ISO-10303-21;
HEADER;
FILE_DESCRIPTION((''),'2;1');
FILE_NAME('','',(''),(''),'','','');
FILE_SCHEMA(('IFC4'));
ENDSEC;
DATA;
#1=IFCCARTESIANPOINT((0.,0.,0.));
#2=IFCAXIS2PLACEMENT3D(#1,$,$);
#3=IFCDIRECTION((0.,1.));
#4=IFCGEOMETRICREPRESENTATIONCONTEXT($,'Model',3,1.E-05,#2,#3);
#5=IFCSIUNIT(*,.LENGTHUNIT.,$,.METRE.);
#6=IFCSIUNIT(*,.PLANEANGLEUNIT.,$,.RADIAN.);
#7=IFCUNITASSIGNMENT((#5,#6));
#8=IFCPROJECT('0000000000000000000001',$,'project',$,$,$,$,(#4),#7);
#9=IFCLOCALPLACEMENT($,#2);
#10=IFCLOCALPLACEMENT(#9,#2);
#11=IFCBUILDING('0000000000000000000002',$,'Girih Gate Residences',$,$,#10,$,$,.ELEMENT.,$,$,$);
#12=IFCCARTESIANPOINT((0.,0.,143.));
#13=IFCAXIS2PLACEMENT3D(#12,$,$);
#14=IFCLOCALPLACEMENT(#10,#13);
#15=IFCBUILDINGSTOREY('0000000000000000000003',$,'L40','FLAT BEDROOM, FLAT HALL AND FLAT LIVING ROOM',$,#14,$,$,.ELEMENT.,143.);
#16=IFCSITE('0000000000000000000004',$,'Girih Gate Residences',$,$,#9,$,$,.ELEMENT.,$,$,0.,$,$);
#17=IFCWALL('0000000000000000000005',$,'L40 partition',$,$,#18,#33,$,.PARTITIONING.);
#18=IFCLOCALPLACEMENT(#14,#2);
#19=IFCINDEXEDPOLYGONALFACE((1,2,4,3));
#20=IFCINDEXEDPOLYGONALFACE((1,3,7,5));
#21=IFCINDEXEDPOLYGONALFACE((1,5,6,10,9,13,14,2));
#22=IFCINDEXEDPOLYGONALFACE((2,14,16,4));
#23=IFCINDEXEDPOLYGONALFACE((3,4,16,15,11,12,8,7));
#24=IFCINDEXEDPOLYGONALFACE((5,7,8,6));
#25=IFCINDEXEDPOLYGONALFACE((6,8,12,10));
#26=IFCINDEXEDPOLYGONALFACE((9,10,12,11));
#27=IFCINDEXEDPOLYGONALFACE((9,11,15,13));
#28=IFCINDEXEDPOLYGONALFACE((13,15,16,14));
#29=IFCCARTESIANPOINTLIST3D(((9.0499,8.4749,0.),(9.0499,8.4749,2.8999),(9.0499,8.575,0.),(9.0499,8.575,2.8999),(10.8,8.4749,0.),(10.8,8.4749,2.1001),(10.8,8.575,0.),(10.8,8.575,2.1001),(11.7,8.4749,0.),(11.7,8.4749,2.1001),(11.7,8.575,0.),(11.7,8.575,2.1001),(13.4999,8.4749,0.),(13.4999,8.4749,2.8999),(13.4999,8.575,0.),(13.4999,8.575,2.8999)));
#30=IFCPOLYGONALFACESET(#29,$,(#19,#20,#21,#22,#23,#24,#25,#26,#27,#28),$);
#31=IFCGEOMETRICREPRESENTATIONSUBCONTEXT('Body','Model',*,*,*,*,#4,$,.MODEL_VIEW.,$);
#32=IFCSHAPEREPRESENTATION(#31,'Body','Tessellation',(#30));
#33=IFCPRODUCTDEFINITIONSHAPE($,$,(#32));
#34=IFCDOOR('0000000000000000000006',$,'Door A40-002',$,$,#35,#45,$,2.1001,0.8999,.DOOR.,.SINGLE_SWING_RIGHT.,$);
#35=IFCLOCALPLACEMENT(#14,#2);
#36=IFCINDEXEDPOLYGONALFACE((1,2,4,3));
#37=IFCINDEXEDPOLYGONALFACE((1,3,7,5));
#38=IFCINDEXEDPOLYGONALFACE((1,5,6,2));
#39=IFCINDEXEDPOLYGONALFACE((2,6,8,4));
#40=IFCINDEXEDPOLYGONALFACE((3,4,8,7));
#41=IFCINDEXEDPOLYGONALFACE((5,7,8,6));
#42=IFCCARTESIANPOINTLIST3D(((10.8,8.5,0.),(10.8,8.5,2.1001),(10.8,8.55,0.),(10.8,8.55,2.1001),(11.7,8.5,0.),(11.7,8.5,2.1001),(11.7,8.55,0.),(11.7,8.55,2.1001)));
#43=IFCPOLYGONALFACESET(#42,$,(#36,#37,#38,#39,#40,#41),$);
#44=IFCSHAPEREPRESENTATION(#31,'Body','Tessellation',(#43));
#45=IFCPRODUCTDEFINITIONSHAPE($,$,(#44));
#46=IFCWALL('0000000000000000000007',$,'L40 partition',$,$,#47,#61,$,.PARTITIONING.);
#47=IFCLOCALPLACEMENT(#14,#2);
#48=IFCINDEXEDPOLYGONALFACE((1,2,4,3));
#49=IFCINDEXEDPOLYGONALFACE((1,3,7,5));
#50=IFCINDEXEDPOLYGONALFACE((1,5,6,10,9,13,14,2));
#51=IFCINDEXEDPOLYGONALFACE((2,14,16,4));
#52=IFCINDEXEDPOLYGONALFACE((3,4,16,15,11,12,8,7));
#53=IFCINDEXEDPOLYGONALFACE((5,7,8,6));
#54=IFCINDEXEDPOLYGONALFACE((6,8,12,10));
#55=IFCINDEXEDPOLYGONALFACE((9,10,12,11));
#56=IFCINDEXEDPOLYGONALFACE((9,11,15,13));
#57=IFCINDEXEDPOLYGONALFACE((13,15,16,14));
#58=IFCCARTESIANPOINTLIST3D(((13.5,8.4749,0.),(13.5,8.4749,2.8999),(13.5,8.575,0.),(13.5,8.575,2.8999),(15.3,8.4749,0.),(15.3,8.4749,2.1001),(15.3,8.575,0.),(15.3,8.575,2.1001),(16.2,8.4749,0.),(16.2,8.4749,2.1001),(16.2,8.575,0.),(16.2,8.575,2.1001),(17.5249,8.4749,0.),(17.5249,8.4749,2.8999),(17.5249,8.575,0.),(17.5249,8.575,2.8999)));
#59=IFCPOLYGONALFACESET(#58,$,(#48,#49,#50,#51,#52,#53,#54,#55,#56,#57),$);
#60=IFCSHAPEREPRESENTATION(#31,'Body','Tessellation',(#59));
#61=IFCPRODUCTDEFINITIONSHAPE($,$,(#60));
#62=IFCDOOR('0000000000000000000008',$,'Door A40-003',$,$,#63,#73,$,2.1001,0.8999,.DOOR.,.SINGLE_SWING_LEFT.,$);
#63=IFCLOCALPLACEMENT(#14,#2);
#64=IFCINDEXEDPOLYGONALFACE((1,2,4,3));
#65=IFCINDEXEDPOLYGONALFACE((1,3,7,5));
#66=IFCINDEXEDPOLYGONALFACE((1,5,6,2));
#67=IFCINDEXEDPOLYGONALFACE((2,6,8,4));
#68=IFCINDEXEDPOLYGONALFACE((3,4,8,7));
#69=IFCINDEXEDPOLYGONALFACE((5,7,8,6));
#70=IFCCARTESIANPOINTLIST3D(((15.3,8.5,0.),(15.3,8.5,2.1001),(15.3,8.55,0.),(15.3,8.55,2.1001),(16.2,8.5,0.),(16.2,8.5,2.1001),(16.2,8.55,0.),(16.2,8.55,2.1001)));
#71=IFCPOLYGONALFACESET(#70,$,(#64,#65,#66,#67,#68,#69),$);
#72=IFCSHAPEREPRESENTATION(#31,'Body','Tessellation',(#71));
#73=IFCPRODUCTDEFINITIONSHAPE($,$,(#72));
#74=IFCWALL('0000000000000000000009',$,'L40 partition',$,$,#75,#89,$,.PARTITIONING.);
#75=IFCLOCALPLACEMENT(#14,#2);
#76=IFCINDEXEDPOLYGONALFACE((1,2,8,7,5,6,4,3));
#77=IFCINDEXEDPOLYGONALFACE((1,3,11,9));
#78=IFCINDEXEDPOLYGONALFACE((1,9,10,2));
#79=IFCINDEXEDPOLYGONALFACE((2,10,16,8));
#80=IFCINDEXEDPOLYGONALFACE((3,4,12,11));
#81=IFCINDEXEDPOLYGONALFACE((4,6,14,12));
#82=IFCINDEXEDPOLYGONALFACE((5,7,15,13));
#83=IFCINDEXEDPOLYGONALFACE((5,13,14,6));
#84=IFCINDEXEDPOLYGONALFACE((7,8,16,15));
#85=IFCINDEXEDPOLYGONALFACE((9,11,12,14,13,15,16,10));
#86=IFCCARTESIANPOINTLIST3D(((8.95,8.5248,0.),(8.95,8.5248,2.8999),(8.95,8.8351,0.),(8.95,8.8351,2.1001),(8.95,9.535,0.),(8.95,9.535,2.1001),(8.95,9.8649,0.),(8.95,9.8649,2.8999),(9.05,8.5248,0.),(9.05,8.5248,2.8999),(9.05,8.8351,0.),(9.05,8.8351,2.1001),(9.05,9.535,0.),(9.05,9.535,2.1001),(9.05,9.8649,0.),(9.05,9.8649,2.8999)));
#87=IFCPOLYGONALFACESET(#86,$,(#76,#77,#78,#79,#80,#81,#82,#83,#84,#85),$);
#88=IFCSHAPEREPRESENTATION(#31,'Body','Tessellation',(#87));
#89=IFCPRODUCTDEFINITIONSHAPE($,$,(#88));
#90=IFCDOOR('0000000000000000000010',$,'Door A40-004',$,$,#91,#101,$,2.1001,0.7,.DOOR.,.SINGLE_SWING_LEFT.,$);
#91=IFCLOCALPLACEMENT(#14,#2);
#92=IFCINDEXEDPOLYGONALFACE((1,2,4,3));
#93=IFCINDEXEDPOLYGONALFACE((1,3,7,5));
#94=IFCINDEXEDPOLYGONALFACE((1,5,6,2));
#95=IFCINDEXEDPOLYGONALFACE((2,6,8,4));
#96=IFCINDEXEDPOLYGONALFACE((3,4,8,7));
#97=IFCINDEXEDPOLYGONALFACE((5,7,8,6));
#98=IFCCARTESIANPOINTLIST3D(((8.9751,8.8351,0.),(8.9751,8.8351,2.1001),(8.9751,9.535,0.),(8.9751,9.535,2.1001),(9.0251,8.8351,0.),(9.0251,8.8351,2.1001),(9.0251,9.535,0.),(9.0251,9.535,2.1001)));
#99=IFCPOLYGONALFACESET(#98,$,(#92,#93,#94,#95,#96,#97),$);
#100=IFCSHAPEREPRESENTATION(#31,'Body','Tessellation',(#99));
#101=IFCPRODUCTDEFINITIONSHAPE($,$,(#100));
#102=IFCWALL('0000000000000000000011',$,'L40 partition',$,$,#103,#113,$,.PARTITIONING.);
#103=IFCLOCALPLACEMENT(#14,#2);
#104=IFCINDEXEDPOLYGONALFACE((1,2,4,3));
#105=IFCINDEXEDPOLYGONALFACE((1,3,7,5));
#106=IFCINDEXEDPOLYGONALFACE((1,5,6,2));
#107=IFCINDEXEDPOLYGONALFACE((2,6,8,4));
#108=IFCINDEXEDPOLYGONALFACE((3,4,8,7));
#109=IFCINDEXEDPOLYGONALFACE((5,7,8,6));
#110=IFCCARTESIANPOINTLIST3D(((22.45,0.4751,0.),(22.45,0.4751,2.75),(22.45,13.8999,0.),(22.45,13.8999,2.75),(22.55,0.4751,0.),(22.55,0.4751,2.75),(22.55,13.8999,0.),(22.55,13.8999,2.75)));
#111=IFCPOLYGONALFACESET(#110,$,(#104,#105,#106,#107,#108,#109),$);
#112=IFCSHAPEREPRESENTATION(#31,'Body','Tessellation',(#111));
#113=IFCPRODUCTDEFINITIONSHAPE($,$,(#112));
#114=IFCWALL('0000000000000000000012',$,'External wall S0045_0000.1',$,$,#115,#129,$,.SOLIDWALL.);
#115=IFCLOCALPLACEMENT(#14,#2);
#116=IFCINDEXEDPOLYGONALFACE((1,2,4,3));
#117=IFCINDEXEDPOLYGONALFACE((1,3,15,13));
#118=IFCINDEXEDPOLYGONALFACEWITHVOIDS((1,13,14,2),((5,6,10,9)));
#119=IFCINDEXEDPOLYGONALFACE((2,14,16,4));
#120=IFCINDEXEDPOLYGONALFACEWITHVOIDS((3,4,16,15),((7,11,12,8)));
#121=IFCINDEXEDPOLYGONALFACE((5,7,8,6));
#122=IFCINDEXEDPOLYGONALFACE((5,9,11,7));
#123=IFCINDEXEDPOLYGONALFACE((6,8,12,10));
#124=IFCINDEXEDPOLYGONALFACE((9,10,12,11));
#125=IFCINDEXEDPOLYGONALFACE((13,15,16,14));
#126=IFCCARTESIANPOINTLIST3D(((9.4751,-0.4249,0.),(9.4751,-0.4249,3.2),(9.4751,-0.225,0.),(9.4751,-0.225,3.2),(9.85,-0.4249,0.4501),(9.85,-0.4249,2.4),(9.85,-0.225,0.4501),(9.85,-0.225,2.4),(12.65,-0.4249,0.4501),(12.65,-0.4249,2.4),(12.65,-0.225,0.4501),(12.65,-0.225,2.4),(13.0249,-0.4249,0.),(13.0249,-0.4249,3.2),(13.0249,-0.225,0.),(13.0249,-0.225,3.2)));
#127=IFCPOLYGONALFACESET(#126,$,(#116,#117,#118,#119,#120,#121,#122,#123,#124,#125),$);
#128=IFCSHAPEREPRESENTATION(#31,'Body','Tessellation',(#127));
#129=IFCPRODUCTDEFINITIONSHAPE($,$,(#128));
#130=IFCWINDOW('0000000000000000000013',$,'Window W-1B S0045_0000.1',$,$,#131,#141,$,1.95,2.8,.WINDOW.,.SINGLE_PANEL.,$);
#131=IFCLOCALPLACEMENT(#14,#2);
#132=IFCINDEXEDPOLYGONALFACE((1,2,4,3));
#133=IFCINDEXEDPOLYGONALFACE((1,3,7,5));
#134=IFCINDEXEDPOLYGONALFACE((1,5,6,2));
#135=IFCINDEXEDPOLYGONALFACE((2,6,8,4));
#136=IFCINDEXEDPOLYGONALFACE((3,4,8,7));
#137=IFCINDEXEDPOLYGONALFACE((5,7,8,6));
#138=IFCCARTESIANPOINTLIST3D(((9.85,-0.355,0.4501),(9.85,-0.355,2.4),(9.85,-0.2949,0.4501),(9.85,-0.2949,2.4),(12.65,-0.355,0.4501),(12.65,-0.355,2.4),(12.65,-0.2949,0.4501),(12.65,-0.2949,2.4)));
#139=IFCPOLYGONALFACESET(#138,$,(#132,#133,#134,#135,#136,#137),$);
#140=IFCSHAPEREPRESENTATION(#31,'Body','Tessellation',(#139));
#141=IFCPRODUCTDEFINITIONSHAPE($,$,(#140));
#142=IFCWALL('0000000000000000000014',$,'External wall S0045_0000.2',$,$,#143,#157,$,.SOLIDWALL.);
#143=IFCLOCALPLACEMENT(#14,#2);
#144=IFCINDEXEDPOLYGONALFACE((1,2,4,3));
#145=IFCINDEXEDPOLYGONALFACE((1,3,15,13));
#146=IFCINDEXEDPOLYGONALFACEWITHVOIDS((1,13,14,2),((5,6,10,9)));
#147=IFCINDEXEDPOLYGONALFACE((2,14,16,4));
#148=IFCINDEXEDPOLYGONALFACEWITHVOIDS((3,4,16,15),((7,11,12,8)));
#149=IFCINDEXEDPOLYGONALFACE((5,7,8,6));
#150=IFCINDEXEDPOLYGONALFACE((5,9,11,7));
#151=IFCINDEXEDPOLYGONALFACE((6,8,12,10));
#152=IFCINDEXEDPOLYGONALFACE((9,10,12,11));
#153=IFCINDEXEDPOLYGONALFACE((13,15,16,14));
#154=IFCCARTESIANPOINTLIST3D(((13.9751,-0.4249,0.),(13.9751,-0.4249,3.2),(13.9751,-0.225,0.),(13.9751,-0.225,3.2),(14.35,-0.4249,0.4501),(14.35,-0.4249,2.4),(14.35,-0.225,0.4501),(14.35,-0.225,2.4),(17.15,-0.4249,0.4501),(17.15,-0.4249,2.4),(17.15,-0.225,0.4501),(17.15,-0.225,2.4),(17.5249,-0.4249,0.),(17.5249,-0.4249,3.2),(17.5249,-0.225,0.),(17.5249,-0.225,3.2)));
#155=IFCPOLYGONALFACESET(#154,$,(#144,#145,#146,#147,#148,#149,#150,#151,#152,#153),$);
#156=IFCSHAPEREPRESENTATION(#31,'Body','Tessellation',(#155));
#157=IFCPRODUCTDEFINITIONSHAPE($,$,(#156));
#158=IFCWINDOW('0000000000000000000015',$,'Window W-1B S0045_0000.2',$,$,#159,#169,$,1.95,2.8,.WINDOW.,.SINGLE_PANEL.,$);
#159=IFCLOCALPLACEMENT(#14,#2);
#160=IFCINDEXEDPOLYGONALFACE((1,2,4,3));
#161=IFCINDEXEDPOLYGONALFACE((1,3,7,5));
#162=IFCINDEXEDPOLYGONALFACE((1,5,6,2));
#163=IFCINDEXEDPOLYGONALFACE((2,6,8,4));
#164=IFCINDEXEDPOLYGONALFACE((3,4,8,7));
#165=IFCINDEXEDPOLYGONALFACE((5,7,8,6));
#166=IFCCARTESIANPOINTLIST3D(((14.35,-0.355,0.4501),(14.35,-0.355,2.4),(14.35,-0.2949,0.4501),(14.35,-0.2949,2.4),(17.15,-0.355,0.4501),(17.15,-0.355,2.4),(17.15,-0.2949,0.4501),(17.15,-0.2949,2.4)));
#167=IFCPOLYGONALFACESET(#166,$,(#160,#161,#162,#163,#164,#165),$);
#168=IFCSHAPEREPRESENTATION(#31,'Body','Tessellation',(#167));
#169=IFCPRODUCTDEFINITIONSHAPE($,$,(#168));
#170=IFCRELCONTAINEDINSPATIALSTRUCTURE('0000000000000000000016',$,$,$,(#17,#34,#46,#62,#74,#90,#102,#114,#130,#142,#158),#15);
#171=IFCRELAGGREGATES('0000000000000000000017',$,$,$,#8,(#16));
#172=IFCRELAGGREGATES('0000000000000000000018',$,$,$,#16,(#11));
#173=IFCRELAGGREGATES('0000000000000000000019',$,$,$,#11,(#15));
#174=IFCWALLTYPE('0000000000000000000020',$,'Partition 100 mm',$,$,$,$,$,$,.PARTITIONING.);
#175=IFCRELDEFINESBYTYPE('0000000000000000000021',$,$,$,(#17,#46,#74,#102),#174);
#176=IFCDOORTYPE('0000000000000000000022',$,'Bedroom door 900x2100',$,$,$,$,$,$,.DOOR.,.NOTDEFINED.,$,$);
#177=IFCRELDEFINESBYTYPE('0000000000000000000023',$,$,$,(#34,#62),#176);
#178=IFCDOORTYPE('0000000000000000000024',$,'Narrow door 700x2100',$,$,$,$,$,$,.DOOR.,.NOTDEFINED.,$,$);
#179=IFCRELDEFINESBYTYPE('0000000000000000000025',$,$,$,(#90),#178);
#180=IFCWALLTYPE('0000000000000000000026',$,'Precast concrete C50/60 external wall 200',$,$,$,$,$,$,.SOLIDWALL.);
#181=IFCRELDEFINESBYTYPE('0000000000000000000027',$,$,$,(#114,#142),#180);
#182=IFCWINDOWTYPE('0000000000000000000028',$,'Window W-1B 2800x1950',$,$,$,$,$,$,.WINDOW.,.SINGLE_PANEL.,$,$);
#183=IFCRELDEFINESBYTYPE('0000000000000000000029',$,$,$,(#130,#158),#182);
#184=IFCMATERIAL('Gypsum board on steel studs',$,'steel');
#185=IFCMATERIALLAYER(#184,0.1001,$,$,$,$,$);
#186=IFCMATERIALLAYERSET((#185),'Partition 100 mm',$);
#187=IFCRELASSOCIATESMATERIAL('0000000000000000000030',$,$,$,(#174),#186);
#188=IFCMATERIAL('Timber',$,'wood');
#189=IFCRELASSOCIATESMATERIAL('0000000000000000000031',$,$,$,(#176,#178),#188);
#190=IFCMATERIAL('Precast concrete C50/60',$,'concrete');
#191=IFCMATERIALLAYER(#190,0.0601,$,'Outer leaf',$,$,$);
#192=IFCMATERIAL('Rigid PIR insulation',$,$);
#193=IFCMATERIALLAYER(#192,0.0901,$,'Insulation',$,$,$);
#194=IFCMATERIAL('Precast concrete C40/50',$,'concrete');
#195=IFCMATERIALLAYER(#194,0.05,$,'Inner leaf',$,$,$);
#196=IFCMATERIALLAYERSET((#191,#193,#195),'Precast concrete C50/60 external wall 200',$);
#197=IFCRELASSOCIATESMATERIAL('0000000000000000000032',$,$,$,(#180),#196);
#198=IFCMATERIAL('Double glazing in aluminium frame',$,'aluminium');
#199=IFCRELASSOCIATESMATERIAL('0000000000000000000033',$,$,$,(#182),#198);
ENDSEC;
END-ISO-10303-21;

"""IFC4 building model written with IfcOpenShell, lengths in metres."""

from ifc_helpers import new_model, si_unit, direction, frame, frame_2d, origin, place, context, subcontext, project, spatial, rectangle, extrude, material, layer, layer_set, type_object, element, fill, save


model = new_model("IFC4")

# Units and contexts
model_context = context("Model", 3, precision=1e-05, world=origin(), true_north=direction((0.0, 1.0)))
body_context = subcontext(model_context, "Body", "Model", "MODEL_VIEW")
ifc_project = project(units=[si_unit("LENGTHUNIT", "METRE"), si_unit("PLANEANGLEUNIT", "RADIAN")], contexts=[model_context])

# Site, building, storey
site_placement = place(None, origin())
site = spatial("IfcSite", under=ifc_project, at=site_placement, Name="Girih Gate Residences", CompositionType="ELEMENT", RefElevation=0.0)
building_placement = place(site_placement, origin())
building = spatial("IfcBuilding", under=site, at=building_placement, Name="Girih Gate Residences", CompositionType="ELEMENT")
storey_placement = place(building_placement, frame((0.0, 0.0, 143.0)))
storey = spatial("IfcBuildingStorey", under=building, at=storey_placement, Name="L40", Description="FLAT BEDROOM, FLAT HALL AND FLAT LIVING ROOM", CompositionType="ELEMENT", Elevation=143.0)

# Shared definitions
ifc_material_1 = material(Name="Gypsum board on steel studs", Category="steel")
ifc_layer_1 = layer(ifc_material_1, 0.1001)
ifc_layer_set_1 = layer_set([ifc_layer_1], Name="Partition 100 mm")
wall_type_1 = type_object("IfcWallType", Name="Partition 100 mm", PredefinedType="PARTITIONING", material=ifc_layer_set_1)

# Walls, openings, doors
wall_1_placement = place(storey_placement, frame((13.5, 8.5249, 0.0), z_axis=(0.0, 0.0, 1.0), x_axis=(-1.0, 0.0, 0.0)))
wall_1 = element("IfcWall", 1, at=wall_1_placement, inside=storey, type_object=wall_type_1, Name="L40 partition", PredefinedType="PARTITIONING", context=body_context, shape_type="SweptSolid", body=[
    extrude(rectangle(XDim=4.45, YDim=0.1001, at=frame_2d((2.2251, 0.0))), origin(), (0.0, 0.0, 1.0), 2.8999),
])
opening_1_placement = place(wall_1_placement, frame((1.8, 0.0, 0.0)))
opening_1 = element("IfcOpeningElement", 2, at=opening_1_placement, cuts=wall_1, PredefinedType="OPENING", context=body_context, shape_type="SweptSolid", body=[
    extrude(rectangle(XDim=0.8999, YDim=2.1001, at=frame_2d((0.45, 1.05))), frame((0.0, 0.0601, 0.0), z_axis=(0.0, -1.0, 0.0), x_axis=(1.0, 0.0, 0.0)), (0.0, 0.0, 1.0), 0.1201),
])
ifc_material_2 = material(Name="Timber", Category="wood")
door_type_1 = type_object("IfcDoorType", Name="Bedroom door 900x2100", OperationType="NOTDEFINED", PredefinedType="DOOR", material=ifc_material_2)
door_1_placement = place(opening_1_placement, origin())
door_1 = element("IfcDoor", 3, at=door_1_placement, inside=storey, type_object=door_type_1, Name="Door A40-002", OperationType="SINGLE_SWING_RIGHT", OverallHeight=2.1001, OverallWidth=0.8999, PredefinedType="DOOR", context=body_context, shape_type="SweptSolid", body=[
    extrude(rectangle(XDim=0.8999, YDim=2.1001, at=frame_2d((0.45, 1.05))), frame((0.0, 0.0249, 0.0), z_axis=(0.0, -1.0, 0.0), x_axis=(1.0, 0.0, 0.0)), (0.0, 0.0, 1.0), 0.05),
])
fill(opening_1, door_1)
wall_2_placement = place(storey_placement, frame((17.5249, 8.5249, 0.0), z_axis=(0.0, 0.0, 1.0), x_axis=(-1.0, 0.0, 0.0)))
wall_2 = element("IfcWall", 4, at=wall_2_placement, inside=storey, type_object=wall_type_1, Name="L40 partition", PredefinedType="PARTITIONING", context=body_context, shape_type="SweptSolid", body=[
    extrude(rectangle(XDim=4.0249, YDim=0.1001, at=frame_2d((2.0125, 0.0))), origin(), (0.0, 0.0, 1.0), 2.8999),
])
opening_2_placement = place(wall_2_placement, frame((1.325, 0.0, 0.0)))
opening_2 = element("IfcOpeningElement", 5, at=opening_2_placement, cuts=wall_2, PredefinedType="OPENING", context=body_context, shape_type="SweptSolid", body=[
    extrude(rectangle(XDim=0.8999, YDim=2.1001, at=frame_2d((0.45, 1.05))), frame((0.0, 0.0601, 0.0), z_axis=(0.0, -1.0, 0.0), x_axis=(1.0, 0.0, 0.0)), (0.0, 0.0, 1.0), 0.1201),
])
door_2_placement = place(opening_2_placement, origin())
door_2 = element("IfcDoor", 6, at=door_2_placement, inside=storey, type_object=door_type_1, Name="Door A40-003", OperationType="SINGLE_SWING_LEFT", OverallHeight=2.1001, OverallWidth=0.8999, PredefinedType="DOOR", context=body_context, shape_type="SweptSolid", body=[
    extrude(rectangle(XDim=0.8999, YDim=2.1001, at=frame_2d((0.45, 1.05))), frame((0.0, 0.0249, 0.0), z_axis=(0.0, -1.0, 0.0), x_axis=(1.0, 0.0, 0.0)), (0.0, 0.0, 1.0), 0.05),
])
fill(opening_2, door_2)
wall_3_placement = place(storey_placement, frame((9.0, 8.5249, 0.0), z_axis=(0.0, 0.0, 1.0), x_axis=(0.0, 1.0, 0.0)))
wall_3 = element("IfcWall", 7, at=wall_3_placement, inside=storey, type_object=wall_type_1, Name="L40 partition", PredefinedType="PARTITIONING", context=body_context, shape_type="SweptSolid", body=[
    extrude(rectangle(XDim=1.3401, YDim=0.1001, at=frame_2d((0.6699, 0.0))), origin(), (0.0, 0.0, 1.0), 2.8999),
])
opening_3_placement = place(wall_3_placement, frame((0.3101, 0.0, 0.0)))
opening_3 = element("IfcOpeningElement", 8, at=opening_3_placement, cuts=wall_3, PredefinedType="OPENING", context=body_context, shape_type="SweptSolid", body=[
    extrude(rectangle(XDim=0.7, YDim=2.1001, at=frame_2d((0.3501, 1.05))), frame((0.0, 0.0601, 0.0), z_axis=(0.0, -1.0, 0.0), x_axis=(1.0, 0.0, 0.0)), (0.0, 0.0, 1.0), 0.1201),
])
door_type_2 = type_object("IfcDoorType", Name="Narrow door 700x2100", OperationType="NOTDEFINED", PredefinedType="DOOR", material=ifc_material_2)
door_3_placement = place(opening_3_placement, origin())
door_3 = element("IfcDoor", 9, at=door_3_placement, inside=storey, type_object=door_type_2, Name="Door A40-004", OperationType="SINGLE_SWING_LEFT", OverallHeight=2.1001, OverallWidth=0.7, PredefinedType="DOOR", context=body_context, shape_type="SweptSolid", body=[
    extrude(rectangle(XDim=0.7, YDim=2.1001, at=frame_2d((0.3501, 1.05))), frame((0.0, 0.0249, 0.0), z_axis=(0.0, -1.0, 0.0), x_axis=(1.0, 0.0, 0.0)), (0.0, 0.0, 1.0), 0.05),
])
fill(opening_3, door_3)

# Wall
wall_4_placement = place(storey_placement, frame((22.5, 0.4751, 0.0), z_axis=(0.0, 0.0, 1.0), x_axis=(0.0, 1.0, 0.0)))
element("IfcWall", 10, at=wall_4_placement, inside=storey, type_object=wall_type_1, Name="L40 partition", PredefinedType="PARTITIONING", context=body_context, shape_type="SweptSolid", body=[
    extrude(rectangle(XDim=13.4248, YDim=0.1001, at=frame_2d((6.7124, 0.0))), origin(), (0.0, 0.0, 1.0), 2.75),
])

# Walls, openings, windows
ifc_material_3 = material(Name="Precast concrete C50/60", Category="concrete")
ifc_layer_2 = layer(ifc_material_3, 0.0601, Name="Outer leaf")
ifc_material_4 = material(Name="Rigid PIR insulation")
ifc_layer_3 = layer(ifc_material_4, 0.0901, Name="Insulation")
ifc_material_5 = material(Name="Precast concrete C40/50", Category="concrete")
ifc_layer_4 = layer(ifc_material_5, 0.05, Name="Inner leaf")
ifc_layer_set_2 = layer_set([ifc_layer_2, ifc_layer_3, ifc_layer_4], Name="Precast concrete C50/60 external wall 200")
wall_type_2 = type_object("IfcWallType", Name="Precast concrete C50/60 external wall 200", PredefinedType="SOLIDWALL", material=ifc_layer_set_2)
wall_5_placement = place(storey_placement, frame((13.0249, -0.325, 0.0), z_axis=(0.0, 0.0, 1.0), x_axis=(-1.0, 0.0, 0.0)))
wall_5 = element("IfcWall", 11, at=wall_5_placement, inside=storey, type_object=wall_type_2, Name="External wall S0045_0000.1", PredefinedType="SOLIDWALL", context=body_context, shape_type="SweptSolid", body=[
    extrude(rectangle(XDim=3.5498, YDim=0.2, at=frame_2d((1.7749, 0.0))), origin(), (0.0, 0.0, 1.0), 3.2),
])
opening_4_placement = place(wall_5_placement, frame((0.375, 0.0, 0.45)))
opening_4 = element("IfcOpeningElement", 12, at=opening_4_placement, cuts=wall_5, PredefinedType="OPENING", context=body_context, shape_type="SweptSolid", body=[
    extrude(rectangle(XDim=2.8, YDim=1.95, at=frame_2d((1.3999, 0.9751))), frame((0.0, 0.1099, 0.0), z_axis=(0.0, -1.0, 0.0), x_axis=(1.0, 0.0, 0.0)), (0.0, 0.0, 1.0), 0.22),
])
ifc_material_6 = material(Name="Double glazing in aluminium frame", Category="aluminium")
window_type = type_object("IfcWindowType", Name="Window W-1B 2800x1950", PartitioningType="SINGLE_PANEL", PredefinedType="WINDOW", material=ifc_material_6)
window_1_placement = place(opening_4_placement, origin())
window_1 = element("IfcWindow", 13, at=window_1_placement, inside=storey, type_object=window_type, Name="Window W-1B S0045_0000.1", OverallHeight=1.95, OverallWidth=2.8, PartitioningType="SINGLE_PANEL", PredefinedType="WINDOW", context=body_context, shape_type="SweptSolid", body=[
    extrude(rectangle(XDim=2.8, YDim=1.95, at=frame_2d((1.3999, 0.9751))), frame((0.0, 0.03, 0.0), z_axis=(0.0, -1.0, 0.0), x_axis=(1.0, 0.0, 0.0)), (0.0, 0.0, 1.0), 0.0601),
])
fill(opening_4, window_1)
wall_6_placement = place(storey_placement, frame((17.5249, -0.325, 0.0), z_axis=(0.0, 0.0, 1.0), x_axis=(-1.0, 0.0, 0.0)))
wall_6 = element("IfcWall", 14, at=wall_6_placement, inside=storey, type_object=wall_type_2, Name="External wall S0045_0000.2", PredefinedType="SOLIDWALL", context=body_context, shape_type="SweptSolid", body=[
    extrude(rectangle(XDim=3.5498, YDim=0.2, at=frame_2d((1.7749, 0.0))), origin(), (0.0, 0.0, 1.0), 3.2),
])
opening_5_placement = place(wall_6_placement, frame((0.375, 0.0, 0.45)))
opening_5 = element("IfcOpeningElement", 15, at=opening_5_placement, cuts=wall_6, PredefinedType="OPENING", context=body_context, shape_type="SweptSolid", body=[
    extrude(rectangle(XDim=2.8, YDim=1.95, at=frame_2d((1.3999, 0.9751))), frame((0.0, 0.1099, 0.0), z_axis=(0.0, -1.0, 0.0), x_axis=(1.0, 0.0, 0.0)), (0.0, 0.0, 1.0), 0.22),
])
window_2_placement = place(opening_5_placement, origin())
window_2 = element("IfcWindow", 16, at=window_2_placement, inside=storey, type_object=window_type, Name="Window W-1B S0045_0000.2", OverallHeight=1.95, OverallWidth=2.8, PartitioningType="SINGLE_PANEL", PredefinedType="WINDOW", context=body_context, shape_type="SweptSolid", body=[
    extrude(rectangle(XDim=2.8, YDim=1.95, at=frame_2d((1.3999, 0.9751))), frame((0.0, 0.03, 0.0), z_axis=(0.0, -1.0, 0.0), x_axis=(1.0, 0.0, 0.0)), (0.0, 0.0, 1.0), 0.0601),
])
fill(opening_5, window_2)

save(model, "model.ifc")
